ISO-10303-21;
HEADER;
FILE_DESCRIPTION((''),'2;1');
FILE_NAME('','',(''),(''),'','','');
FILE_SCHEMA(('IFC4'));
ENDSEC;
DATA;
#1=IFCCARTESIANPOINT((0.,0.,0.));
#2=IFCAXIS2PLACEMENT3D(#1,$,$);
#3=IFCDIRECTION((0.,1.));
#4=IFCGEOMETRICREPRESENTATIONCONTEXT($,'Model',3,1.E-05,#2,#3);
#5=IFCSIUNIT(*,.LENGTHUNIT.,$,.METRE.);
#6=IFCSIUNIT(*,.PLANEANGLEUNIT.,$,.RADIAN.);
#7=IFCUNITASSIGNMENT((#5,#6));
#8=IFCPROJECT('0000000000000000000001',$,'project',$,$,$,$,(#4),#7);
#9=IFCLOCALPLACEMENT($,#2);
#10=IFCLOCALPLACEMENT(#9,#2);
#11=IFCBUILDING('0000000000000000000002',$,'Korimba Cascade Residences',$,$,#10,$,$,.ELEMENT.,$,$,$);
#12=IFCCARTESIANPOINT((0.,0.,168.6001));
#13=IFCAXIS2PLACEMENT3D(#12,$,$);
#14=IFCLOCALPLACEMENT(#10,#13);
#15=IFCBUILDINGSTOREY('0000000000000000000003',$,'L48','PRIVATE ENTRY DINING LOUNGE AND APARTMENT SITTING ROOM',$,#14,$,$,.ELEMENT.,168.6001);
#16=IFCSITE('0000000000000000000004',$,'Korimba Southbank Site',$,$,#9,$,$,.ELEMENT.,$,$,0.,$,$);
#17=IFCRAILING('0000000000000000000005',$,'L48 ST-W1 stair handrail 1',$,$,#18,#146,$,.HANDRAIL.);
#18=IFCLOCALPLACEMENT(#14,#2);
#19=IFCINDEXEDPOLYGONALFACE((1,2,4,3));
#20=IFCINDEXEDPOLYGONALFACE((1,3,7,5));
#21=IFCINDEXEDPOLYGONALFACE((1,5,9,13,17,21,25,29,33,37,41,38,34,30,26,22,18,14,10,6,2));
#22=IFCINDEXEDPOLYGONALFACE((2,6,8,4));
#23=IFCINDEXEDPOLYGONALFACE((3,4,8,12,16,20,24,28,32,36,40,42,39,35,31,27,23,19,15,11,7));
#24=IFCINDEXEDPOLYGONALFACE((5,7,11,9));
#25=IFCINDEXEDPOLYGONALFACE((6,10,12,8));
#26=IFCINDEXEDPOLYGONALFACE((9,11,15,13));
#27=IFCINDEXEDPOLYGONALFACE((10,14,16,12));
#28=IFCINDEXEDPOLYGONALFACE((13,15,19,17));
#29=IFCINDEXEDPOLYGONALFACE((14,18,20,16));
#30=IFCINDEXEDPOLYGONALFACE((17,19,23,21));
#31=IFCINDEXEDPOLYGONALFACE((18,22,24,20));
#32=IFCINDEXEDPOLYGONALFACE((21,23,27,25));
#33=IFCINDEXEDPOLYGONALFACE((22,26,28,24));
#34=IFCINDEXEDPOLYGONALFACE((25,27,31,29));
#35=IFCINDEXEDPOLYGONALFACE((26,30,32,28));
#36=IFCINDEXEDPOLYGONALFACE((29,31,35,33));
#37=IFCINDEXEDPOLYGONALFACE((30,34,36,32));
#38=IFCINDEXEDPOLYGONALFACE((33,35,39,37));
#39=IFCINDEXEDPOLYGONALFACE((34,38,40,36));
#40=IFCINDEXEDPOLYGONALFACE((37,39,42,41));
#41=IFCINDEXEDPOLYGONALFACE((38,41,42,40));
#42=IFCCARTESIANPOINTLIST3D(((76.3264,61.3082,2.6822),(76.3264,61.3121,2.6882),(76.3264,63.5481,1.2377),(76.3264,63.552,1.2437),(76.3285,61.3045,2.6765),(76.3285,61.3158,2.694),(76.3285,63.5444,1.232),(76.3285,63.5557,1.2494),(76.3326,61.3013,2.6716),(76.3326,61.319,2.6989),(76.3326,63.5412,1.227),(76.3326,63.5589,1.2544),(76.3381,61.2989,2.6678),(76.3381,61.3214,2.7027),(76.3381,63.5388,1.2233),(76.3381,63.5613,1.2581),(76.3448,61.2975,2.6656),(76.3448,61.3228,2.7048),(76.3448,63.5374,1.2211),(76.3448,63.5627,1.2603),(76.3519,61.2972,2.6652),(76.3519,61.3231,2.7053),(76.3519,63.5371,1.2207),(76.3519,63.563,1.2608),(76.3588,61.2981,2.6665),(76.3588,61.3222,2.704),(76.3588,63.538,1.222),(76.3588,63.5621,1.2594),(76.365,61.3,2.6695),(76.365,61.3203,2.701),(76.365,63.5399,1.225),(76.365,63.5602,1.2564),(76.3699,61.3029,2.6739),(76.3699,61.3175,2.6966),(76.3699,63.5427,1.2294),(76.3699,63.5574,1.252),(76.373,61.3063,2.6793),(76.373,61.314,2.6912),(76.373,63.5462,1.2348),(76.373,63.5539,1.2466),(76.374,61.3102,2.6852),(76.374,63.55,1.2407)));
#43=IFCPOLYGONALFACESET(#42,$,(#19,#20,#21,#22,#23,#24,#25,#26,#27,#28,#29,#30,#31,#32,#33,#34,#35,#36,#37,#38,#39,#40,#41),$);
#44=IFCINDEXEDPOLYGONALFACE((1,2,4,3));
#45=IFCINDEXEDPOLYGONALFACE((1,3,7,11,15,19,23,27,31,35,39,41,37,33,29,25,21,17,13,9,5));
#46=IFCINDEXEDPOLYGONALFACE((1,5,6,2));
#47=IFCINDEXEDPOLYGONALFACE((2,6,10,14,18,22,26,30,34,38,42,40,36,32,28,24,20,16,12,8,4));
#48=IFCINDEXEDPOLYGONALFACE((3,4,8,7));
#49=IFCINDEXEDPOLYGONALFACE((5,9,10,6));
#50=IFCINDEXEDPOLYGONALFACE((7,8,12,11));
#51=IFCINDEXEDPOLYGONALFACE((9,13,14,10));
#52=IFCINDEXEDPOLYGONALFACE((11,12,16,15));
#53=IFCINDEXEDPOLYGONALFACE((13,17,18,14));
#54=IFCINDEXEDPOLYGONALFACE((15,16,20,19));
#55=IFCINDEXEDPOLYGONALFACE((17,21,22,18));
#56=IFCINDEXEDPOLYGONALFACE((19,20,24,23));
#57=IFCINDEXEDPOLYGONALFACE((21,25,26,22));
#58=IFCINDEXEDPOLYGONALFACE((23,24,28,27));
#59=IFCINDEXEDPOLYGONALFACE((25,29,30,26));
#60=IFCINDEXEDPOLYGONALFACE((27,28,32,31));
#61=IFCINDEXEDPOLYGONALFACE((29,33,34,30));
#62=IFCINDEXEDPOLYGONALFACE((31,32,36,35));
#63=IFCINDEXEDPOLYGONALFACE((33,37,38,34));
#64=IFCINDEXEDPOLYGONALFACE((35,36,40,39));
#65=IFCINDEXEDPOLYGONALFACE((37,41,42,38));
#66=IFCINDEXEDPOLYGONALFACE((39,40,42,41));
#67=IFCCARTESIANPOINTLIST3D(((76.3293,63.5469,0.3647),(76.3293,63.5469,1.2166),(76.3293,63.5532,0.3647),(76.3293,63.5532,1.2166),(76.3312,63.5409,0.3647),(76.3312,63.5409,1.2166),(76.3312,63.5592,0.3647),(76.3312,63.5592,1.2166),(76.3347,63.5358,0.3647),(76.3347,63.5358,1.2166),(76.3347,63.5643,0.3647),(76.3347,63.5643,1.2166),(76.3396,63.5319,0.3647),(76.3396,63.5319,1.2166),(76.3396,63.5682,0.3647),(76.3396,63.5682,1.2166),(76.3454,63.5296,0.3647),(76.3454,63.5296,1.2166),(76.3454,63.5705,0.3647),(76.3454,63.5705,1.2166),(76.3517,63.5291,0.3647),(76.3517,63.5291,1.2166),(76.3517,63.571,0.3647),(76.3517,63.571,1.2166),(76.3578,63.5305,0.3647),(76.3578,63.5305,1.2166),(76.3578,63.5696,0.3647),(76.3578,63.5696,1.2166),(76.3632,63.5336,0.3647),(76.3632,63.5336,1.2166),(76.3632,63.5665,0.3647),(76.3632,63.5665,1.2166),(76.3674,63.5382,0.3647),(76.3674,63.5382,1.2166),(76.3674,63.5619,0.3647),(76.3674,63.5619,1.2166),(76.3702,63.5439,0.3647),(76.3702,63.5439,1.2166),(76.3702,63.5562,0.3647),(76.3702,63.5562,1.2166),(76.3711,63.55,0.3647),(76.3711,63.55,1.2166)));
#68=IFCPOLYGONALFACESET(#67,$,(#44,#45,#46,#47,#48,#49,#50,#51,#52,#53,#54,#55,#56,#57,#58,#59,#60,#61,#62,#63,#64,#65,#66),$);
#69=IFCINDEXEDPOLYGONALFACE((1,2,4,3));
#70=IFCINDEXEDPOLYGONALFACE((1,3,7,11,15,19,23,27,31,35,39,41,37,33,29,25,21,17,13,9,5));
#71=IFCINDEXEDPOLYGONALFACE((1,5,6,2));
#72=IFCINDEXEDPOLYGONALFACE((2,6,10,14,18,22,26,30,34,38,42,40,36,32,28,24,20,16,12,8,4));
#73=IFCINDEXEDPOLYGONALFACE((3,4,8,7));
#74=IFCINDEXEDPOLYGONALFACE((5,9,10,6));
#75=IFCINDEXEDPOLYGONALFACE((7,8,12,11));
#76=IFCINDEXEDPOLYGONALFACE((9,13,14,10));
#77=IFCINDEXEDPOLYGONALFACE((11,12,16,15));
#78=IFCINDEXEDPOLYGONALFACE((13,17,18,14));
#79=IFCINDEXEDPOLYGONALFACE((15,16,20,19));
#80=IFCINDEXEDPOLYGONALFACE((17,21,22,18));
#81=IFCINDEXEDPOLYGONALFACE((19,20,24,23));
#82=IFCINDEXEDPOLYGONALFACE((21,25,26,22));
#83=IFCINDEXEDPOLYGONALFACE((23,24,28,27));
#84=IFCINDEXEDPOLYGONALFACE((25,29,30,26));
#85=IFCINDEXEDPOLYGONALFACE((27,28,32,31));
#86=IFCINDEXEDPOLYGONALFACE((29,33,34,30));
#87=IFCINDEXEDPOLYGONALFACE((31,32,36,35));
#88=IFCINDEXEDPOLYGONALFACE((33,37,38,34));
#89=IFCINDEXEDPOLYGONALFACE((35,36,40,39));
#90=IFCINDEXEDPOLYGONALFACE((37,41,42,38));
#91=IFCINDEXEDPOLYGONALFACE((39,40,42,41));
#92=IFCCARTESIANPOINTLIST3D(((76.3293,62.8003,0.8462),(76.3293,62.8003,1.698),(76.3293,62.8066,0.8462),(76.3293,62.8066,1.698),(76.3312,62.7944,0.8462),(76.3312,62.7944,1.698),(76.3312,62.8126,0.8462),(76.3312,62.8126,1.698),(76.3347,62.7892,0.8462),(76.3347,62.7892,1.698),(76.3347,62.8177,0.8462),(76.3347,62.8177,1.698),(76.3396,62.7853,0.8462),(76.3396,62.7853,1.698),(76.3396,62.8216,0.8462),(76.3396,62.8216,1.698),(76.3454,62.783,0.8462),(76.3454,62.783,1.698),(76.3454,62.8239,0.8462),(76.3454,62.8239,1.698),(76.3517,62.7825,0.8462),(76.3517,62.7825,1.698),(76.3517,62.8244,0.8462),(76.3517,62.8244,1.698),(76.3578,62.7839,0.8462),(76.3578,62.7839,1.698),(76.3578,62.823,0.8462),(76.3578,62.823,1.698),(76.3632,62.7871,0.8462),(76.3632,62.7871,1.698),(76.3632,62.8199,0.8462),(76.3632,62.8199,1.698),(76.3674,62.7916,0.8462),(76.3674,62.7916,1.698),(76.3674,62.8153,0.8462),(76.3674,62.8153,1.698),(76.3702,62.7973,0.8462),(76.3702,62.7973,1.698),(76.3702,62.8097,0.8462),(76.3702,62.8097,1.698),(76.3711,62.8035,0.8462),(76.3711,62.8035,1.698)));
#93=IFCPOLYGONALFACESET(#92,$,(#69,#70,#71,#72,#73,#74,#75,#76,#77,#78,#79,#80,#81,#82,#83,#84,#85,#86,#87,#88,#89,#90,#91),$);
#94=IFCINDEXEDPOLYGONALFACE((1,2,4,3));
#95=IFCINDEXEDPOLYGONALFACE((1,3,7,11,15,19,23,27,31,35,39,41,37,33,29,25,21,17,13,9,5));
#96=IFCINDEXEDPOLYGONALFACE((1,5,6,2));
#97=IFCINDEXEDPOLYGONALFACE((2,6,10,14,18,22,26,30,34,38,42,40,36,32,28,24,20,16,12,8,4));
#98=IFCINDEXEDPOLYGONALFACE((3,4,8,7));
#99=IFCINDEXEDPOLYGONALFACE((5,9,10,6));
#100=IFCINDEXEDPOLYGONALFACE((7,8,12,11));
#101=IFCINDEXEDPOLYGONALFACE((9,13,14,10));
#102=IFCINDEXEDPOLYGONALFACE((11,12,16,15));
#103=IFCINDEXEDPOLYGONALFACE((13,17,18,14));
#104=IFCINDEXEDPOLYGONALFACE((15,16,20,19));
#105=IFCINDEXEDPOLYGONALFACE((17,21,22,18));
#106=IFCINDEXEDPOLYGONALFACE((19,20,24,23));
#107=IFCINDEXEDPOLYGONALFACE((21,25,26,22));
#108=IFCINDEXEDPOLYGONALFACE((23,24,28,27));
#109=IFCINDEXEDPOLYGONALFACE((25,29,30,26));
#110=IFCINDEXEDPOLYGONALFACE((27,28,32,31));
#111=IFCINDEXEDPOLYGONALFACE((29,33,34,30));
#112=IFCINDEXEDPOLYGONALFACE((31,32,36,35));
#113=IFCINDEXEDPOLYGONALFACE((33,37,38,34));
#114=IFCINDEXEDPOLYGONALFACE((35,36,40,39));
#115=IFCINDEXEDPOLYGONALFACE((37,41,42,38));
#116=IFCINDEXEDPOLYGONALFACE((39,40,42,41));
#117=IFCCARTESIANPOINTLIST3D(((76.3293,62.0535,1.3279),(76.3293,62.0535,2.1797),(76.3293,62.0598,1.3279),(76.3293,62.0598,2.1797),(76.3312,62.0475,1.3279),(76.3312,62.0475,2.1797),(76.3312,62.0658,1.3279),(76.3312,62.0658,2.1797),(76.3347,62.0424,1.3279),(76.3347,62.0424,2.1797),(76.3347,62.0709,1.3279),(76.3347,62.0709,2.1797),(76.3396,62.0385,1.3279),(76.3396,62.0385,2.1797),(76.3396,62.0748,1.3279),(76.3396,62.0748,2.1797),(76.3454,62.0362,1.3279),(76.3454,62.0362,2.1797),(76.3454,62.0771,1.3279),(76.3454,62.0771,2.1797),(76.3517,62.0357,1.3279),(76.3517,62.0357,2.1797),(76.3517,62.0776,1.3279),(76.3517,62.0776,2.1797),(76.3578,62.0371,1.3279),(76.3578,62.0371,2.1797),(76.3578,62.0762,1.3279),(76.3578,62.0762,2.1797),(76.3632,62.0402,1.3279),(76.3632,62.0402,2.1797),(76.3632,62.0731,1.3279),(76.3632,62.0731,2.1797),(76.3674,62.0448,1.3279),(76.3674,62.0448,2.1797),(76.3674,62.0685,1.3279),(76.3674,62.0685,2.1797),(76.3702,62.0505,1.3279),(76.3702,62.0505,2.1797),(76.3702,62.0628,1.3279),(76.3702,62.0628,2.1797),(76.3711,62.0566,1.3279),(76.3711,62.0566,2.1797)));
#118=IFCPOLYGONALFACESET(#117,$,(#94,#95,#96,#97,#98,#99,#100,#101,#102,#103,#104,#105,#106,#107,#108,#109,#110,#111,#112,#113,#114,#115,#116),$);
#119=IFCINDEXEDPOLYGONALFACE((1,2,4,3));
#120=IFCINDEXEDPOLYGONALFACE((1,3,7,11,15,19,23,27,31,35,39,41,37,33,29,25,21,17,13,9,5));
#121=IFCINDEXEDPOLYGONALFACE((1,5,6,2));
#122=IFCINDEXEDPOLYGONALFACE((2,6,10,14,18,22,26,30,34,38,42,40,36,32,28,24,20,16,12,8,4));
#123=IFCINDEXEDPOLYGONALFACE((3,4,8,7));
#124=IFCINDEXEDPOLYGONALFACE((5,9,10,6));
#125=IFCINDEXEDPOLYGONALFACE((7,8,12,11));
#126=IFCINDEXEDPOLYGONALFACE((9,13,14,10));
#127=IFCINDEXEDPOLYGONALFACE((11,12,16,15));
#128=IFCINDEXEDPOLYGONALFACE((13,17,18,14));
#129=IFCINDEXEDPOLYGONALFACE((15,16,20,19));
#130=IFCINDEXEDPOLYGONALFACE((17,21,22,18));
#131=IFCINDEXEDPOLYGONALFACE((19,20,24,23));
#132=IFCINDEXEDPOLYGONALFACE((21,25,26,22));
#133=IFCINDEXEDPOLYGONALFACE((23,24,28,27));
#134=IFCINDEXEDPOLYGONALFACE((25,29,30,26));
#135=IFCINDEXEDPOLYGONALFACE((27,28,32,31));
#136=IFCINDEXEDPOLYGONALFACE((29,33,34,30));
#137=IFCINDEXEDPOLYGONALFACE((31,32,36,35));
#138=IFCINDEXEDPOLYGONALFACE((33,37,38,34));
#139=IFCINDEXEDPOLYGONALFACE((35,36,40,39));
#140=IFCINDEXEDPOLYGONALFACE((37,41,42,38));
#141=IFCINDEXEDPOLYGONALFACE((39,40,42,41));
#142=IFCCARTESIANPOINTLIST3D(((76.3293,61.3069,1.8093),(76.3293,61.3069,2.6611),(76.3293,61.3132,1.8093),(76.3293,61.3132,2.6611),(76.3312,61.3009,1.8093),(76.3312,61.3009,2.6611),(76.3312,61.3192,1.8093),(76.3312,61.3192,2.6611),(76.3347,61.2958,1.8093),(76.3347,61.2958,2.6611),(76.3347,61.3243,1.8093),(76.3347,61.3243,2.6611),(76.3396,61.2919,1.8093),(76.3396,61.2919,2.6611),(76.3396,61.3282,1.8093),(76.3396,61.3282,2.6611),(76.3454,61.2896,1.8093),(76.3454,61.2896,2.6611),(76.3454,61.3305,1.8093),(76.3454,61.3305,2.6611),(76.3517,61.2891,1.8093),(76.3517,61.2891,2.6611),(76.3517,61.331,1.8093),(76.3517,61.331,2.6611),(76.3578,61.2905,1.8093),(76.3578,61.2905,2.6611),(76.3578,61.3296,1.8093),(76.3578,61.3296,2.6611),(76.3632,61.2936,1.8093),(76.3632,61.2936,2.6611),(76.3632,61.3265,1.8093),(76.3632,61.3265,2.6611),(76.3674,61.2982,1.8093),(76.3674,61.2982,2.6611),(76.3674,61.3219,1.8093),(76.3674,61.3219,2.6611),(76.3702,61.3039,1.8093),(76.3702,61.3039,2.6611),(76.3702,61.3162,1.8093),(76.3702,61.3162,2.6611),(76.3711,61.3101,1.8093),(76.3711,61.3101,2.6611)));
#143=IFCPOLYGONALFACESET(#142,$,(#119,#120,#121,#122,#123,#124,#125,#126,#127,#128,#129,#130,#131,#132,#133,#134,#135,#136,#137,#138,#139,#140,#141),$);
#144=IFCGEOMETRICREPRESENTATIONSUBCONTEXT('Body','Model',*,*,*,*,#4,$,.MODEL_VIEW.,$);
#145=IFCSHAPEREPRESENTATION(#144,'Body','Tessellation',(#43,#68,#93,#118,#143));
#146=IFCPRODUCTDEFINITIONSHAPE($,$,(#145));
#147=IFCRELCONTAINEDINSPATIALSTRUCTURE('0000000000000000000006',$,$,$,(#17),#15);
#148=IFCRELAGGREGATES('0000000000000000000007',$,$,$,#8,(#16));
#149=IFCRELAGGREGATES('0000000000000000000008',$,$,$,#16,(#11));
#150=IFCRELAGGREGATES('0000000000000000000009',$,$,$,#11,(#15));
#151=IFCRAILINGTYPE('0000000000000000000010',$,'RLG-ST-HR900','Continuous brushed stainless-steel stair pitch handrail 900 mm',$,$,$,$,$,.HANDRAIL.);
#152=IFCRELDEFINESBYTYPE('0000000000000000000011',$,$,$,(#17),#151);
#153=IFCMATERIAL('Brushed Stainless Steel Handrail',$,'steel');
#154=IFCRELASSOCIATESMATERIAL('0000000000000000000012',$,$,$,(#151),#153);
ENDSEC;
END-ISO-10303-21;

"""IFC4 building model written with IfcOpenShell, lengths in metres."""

from ifc_helpers import new_model, si_unit, direction, frame, origin, origin_2d, place, context, subcontext, project, spatial, circle, extrude, material, type_object, element, save


model = new_model("IFC4")

# Units and contexts
model_context = context("Model", 3, precision=1e-05, world=origin(), true_north=direction((0.0, 1.0)))
body_context = subcontext(model_context, "Body", "Model", "MODEL_VIEW")
ifc_project = project(units=[si_unit("LENGTHUNIT", "METRE"), si_unit("PLANEANGLEUNIT", "RADIAN")], contexts=[model_context])

# Site, building, storey
site_placement = place(None, origin())
site = spatial("IfcSite", under=ifc_project, at=site_placement, Name="Korimba Southbank Site", CompositionType="ELEMENT", RefElevation=0.0)
building_placement = place(site_placement, origin())
building = spatial("IfcBuilding", under=site, at=building_placement, Name="Korimba Cascade Residences", CompositionType="ELEMENT")
storey_placement = place(building_placement, frame((0.0, 0.0, 168.6001)))
storey = spatial("IfcBuildingStorey", under=building, at=storey_placement, Name="L48", Description="PRIVATE ENTRY DINING LOUNGE AND APARTMENT SITTING ROOM", CompositionType="ELEMENT", Elevation=168.6001)

# Railing
ifc_material_1 = material(Name="Brushed Stainless Steel Handrail", Category="steel")
railing_type = type_object("IfcRailingType", Name="RLG-ST-HR900", Description="Continuous brushed stainless-steel stair pitch handrail 900 mm", PredefinedType="HANDRAIL", material=ifc_material_1)
railing_placement = place(storey_placement, frame((76.3501, 63.55, 0.3647)))
element("IfcRailing", 1, at=railing_placement, inside=storey, type_object=railing_type, Name="L48 ST-W1 stair handrail 1", PredefinedType="HANDRAIL", context=body_context, shape_type="SweptSolid", body=[
    extrude(circle(Radius=0.0239, at=origin_2d()), frame((0.0, 0.0, 0.876), z_axis=(0.0, -0.840395, 0.541975), x_axis=(1.0, 0.0, 0.0)), (0.0, 0.0, 1.0), 2.6653),
    extrude(circle(Radius=0.021, at=origin_2d()), origin(), (0.0, 0.0, 1.0), 0.8518),
    extrude(circle(Radius=0.021, at=origin_2d()), frame((0.0, -0.7466, 0.4814)), (0.0, 0.0, 1.0), 0.8518),
    extrude(circle(Radius=0.021, at=origin_2d()), frame((0.0, -1.4934, 0.9631)), (0.0, 0.0, 1.0), 0.8518),
    extrude(circle(Radius=0.021, at=origin_2d()), frame((0.0, -2.24, 1.4446)), (0.0, 0.0, 1.0), 0.8518),
])

save(model, "model.ifc")
